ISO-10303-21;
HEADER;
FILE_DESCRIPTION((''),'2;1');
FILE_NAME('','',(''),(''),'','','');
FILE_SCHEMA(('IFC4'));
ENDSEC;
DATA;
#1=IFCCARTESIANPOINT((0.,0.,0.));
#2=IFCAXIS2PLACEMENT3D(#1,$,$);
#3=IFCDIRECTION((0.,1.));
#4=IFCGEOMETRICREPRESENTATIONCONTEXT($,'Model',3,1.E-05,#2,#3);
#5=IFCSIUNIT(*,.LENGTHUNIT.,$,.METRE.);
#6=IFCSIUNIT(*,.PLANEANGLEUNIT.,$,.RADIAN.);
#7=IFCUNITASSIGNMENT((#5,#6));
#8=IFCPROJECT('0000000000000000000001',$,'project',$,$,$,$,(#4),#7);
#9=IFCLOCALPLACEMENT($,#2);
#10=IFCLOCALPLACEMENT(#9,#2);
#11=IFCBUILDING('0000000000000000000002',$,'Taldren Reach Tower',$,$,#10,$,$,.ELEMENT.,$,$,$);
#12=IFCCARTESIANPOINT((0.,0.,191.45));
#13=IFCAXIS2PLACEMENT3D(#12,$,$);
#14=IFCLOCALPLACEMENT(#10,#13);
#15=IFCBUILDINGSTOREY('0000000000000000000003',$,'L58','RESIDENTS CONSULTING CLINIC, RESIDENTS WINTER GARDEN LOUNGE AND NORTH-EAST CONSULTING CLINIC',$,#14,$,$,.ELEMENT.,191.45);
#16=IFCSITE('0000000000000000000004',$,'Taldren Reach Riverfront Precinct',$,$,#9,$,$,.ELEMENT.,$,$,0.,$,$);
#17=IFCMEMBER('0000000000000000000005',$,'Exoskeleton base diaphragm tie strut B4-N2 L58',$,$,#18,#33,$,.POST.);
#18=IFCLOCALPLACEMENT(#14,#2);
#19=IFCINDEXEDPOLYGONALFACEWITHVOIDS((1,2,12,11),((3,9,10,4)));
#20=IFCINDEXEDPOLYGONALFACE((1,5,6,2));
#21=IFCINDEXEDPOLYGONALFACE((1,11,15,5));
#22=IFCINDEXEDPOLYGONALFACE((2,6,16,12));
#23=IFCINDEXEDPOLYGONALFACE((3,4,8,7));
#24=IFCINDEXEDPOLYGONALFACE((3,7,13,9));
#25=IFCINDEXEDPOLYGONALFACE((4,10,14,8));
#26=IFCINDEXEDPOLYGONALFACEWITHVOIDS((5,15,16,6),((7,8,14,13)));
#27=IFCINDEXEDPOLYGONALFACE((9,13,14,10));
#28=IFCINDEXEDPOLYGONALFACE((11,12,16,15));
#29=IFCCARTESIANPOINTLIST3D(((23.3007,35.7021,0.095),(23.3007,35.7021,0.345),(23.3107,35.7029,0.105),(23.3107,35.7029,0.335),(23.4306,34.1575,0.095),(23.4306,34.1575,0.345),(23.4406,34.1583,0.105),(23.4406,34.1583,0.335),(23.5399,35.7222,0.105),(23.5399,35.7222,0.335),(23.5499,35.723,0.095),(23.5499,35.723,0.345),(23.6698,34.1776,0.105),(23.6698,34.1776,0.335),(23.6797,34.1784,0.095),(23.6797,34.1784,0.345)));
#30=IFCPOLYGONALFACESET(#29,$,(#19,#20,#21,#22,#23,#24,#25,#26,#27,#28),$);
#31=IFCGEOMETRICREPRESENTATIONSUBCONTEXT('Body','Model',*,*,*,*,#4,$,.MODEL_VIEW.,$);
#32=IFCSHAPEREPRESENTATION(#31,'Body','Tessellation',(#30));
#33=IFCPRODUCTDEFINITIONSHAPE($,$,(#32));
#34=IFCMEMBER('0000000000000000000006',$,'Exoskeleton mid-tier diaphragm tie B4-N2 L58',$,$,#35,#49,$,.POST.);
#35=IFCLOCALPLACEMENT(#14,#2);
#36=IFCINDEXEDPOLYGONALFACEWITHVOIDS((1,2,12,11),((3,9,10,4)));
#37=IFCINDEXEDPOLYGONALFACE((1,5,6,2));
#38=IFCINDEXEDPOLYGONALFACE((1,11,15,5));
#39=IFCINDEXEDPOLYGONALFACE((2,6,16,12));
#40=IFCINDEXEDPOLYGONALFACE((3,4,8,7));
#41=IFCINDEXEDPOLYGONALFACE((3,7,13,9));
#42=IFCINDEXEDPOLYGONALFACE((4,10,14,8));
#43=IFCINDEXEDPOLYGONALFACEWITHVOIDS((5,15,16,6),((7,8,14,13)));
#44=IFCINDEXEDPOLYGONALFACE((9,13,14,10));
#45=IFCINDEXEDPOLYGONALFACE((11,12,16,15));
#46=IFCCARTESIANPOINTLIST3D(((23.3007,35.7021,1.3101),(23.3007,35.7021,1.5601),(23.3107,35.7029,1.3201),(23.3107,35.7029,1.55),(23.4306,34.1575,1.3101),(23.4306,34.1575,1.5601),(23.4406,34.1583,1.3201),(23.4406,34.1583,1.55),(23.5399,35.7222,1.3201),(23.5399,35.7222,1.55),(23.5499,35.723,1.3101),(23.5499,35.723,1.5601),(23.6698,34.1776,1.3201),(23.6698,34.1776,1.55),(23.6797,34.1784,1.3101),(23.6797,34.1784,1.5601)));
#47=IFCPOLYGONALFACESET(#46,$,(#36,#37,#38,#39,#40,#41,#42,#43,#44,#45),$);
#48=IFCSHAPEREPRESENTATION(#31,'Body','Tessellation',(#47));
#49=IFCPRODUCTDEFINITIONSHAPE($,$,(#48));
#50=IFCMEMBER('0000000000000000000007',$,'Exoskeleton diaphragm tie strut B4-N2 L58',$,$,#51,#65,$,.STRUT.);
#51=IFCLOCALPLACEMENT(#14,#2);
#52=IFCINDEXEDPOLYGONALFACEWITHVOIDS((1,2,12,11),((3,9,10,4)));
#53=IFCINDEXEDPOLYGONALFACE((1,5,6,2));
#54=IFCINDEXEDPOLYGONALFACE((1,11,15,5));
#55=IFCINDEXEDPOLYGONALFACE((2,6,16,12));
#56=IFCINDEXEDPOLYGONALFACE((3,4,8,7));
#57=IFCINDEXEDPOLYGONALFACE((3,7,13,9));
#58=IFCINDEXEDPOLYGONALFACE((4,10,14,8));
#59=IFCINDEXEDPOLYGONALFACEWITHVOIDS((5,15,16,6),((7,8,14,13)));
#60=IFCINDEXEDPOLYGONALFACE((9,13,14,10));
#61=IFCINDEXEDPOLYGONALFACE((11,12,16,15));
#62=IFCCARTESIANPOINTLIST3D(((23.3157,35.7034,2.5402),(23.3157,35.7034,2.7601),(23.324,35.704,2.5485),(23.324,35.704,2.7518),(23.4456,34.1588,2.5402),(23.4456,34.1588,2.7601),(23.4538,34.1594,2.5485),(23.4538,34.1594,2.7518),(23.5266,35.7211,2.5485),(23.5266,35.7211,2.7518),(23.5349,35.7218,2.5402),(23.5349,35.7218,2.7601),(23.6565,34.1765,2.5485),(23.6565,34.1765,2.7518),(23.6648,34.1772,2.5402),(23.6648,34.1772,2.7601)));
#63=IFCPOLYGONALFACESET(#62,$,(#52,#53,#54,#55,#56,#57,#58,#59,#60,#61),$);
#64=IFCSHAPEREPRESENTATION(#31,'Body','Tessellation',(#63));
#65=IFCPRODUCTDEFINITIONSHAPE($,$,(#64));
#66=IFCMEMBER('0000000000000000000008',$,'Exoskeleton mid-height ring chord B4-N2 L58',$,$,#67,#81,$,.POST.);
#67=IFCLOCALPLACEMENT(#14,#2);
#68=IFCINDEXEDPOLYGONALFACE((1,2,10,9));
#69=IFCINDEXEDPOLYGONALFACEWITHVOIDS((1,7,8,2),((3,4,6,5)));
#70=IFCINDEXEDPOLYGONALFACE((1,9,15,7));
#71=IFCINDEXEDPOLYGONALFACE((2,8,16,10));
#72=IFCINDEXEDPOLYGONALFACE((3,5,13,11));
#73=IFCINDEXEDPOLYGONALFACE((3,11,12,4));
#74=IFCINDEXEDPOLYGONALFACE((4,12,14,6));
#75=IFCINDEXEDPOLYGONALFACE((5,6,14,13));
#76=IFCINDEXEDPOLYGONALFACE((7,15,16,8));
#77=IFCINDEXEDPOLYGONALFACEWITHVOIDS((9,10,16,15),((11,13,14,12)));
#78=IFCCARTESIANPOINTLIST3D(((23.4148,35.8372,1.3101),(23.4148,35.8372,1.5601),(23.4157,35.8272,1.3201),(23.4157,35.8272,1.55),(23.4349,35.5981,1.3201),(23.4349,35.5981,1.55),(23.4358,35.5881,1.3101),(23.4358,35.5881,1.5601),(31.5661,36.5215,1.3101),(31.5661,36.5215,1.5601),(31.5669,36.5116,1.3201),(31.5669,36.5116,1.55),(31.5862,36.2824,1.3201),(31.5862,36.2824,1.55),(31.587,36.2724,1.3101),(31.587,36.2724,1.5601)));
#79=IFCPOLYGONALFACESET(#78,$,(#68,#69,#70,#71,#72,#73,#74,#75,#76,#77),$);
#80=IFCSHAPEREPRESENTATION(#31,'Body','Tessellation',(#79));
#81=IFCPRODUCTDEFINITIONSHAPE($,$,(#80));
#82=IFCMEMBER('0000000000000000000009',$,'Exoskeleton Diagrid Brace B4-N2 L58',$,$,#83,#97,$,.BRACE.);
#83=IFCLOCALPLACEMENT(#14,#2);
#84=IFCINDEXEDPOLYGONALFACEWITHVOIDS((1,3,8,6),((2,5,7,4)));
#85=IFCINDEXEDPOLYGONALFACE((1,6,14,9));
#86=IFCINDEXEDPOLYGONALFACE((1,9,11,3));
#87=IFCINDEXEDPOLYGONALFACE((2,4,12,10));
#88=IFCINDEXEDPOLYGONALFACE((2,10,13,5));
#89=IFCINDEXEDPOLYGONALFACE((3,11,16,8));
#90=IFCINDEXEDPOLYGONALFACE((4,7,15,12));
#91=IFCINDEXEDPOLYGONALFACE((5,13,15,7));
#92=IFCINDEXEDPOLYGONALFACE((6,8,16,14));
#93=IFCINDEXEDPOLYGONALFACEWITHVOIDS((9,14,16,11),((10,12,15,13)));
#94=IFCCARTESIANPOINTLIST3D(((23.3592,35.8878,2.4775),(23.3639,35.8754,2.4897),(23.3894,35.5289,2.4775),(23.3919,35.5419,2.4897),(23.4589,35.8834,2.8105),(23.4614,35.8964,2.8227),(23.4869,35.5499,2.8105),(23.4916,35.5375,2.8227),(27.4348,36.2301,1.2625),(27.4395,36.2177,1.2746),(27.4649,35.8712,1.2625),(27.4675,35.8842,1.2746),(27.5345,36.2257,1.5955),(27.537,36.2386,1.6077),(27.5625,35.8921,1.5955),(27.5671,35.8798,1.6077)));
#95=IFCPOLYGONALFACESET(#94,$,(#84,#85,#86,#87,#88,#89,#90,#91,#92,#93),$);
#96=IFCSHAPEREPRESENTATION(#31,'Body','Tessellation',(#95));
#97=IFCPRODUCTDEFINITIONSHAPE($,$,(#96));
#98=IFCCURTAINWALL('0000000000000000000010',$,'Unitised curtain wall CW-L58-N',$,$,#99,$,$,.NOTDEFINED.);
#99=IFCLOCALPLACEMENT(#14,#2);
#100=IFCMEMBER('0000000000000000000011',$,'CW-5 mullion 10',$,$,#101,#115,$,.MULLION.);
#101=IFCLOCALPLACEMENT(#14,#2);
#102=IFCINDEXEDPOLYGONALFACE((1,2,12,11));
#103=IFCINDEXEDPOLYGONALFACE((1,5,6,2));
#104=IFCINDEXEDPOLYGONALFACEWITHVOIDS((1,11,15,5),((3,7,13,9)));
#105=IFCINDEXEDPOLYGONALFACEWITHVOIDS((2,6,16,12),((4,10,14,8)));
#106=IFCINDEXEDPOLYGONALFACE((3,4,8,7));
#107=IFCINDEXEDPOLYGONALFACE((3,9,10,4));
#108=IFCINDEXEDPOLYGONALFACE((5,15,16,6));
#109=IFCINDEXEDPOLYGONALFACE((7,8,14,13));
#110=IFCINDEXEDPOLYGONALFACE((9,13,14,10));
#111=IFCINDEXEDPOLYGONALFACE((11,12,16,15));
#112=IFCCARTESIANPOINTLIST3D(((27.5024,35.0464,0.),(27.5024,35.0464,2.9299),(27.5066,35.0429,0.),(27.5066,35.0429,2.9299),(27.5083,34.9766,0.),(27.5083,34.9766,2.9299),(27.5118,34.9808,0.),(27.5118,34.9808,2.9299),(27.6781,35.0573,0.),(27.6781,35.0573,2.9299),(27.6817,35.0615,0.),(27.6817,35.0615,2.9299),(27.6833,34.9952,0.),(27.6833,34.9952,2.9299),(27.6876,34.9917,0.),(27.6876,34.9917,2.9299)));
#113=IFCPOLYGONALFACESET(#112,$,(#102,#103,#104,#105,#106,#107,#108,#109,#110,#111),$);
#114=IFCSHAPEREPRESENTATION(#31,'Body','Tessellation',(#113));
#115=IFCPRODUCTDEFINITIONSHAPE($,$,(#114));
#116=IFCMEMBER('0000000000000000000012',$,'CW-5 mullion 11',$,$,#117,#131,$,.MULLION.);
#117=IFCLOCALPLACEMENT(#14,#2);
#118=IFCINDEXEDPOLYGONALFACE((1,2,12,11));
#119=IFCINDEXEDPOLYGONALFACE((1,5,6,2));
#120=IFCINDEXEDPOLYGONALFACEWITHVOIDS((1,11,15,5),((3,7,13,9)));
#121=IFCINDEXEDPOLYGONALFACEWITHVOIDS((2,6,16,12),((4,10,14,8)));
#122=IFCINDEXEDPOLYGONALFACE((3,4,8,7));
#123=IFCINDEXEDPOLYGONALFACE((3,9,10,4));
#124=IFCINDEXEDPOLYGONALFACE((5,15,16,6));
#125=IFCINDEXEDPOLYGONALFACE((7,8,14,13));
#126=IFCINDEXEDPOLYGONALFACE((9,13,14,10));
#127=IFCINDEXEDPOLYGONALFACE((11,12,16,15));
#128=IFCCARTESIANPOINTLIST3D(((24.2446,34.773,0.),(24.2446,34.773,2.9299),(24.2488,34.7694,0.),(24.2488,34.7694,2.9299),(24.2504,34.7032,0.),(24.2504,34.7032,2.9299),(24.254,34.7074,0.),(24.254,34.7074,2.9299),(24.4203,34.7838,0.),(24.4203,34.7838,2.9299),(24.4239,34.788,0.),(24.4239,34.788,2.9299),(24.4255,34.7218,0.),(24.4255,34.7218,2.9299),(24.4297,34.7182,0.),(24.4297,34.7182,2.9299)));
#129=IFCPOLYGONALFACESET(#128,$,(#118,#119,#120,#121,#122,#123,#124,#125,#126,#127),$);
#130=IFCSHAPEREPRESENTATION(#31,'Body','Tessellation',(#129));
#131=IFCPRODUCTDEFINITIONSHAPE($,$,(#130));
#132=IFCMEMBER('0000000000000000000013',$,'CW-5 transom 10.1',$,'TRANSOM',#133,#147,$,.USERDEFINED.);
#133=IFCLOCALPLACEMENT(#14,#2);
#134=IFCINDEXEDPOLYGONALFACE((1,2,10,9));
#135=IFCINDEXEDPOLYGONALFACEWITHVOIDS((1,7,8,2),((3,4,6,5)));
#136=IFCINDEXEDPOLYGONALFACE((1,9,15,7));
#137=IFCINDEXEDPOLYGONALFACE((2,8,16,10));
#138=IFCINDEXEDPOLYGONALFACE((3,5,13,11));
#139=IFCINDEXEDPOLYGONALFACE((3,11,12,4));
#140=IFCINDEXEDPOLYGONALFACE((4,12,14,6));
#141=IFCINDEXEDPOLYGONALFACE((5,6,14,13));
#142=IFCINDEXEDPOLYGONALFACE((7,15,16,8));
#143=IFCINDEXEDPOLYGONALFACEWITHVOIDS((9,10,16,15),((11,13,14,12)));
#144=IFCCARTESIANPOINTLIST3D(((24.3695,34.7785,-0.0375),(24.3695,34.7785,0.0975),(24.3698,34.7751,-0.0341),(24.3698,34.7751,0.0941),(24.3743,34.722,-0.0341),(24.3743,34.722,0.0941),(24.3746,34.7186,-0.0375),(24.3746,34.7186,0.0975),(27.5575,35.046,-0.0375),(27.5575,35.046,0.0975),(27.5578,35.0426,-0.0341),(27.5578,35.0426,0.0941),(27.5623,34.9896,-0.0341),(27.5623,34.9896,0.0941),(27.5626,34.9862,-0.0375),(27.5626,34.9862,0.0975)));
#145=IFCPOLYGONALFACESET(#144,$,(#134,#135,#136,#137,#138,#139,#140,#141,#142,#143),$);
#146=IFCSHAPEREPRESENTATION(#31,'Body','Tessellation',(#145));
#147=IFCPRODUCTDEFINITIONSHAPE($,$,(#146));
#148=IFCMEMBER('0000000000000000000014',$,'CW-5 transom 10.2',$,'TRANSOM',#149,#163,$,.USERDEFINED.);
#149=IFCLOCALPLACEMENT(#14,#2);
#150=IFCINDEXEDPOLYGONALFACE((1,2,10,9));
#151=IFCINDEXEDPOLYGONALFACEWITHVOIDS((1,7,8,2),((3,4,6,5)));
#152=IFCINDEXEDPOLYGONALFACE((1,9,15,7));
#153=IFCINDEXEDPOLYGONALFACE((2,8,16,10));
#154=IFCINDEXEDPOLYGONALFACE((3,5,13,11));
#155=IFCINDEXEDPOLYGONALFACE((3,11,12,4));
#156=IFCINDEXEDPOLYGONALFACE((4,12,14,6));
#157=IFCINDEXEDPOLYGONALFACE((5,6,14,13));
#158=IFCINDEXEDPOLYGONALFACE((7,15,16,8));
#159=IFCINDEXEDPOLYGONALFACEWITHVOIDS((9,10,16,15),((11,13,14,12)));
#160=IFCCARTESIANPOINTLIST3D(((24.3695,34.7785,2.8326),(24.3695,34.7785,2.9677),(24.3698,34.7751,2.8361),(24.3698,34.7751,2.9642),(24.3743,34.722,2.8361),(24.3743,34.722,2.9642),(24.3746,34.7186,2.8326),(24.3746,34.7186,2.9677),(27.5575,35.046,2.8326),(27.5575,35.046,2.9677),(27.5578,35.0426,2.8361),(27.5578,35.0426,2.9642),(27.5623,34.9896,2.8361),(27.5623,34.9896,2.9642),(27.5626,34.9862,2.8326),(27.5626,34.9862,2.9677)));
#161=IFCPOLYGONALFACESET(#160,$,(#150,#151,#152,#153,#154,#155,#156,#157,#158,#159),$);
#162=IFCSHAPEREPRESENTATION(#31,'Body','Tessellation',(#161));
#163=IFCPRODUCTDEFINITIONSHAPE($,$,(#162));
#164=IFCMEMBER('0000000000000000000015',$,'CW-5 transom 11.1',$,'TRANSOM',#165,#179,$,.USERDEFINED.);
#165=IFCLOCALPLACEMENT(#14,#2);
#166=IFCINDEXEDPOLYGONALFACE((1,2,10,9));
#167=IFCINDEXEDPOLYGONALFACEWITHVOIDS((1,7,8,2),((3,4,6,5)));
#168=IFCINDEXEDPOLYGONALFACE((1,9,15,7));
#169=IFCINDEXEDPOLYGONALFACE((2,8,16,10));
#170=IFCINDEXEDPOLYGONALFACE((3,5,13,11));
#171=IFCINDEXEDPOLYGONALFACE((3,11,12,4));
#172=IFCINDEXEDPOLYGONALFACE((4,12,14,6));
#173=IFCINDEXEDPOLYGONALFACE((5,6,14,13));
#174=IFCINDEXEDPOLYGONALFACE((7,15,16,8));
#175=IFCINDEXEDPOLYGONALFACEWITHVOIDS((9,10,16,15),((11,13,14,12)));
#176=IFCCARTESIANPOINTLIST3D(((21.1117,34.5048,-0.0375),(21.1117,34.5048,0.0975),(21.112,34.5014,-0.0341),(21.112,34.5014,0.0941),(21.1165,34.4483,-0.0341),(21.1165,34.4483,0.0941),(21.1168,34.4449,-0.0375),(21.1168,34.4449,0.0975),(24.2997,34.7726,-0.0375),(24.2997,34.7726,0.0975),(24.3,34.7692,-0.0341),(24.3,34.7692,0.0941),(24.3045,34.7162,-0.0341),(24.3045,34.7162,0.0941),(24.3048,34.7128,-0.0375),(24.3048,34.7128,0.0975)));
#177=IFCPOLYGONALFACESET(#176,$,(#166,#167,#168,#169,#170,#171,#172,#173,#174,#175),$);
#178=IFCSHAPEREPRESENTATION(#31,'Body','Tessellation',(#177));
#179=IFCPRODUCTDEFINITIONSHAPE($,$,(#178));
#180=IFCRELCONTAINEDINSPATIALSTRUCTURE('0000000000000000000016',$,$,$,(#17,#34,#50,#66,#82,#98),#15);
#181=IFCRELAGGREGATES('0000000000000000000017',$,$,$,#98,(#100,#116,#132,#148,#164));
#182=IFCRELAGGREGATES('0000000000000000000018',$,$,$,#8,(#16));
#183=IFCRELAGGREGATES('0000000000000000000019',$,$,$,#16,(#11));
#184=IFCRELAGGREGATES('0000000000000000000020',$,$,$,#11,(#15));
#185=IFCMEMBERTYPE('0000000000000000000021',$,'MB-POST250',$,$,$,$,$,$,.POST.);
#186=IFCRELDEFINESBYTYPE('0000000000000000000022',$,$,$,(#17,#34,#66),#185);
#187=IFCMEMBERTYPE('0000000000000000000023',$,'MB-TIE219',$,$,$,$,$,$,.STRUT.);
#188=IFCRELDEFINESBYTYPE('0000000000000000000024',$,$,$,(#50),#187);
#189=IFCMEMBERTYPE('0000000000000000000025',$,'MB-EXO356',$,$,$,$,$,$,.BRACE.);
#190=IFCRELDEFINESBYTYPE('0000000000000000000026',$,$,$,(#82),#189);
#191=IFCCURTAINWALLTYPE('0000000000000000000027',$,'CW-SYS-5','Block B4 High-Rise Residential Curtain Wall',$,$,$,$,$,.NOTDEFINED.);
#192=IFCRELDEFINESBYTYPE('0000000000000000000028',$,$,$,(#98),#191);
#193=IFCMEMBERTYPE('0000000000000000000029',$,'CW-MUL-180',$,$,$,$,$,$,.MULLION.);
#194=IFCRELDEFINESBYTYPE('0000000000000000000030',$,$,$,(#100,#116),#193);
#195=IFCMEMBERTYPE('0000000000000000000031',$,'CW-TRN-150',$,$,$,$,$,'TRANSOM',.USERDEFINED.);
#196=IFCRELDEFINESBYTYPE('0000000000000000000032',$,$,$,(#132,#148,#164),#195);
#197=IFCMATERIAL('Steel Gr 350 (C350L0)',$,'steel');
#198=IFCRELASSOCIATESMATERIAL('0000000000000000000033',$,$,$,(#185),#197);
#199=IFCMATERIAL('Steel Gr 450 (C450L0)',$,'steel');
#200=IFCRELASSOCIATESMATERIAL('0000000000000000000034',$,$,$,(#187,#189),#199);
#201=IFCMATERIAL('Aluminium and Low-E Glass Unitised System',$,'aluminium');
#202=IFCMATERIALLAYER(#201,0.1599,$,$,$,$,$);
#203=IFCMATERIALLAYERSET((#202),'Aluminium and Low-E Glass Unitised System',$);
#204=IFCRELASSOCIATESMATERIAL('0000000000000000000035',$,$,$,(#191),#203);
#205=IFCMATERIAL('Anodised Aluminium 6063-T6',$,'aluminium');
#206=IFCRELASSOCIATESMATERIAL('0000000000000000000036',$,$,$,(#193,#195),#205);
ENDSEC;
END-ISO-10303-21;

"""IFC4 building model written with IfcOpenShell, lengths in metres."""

from ifc_helpers import new_model, si_unit, direction, frame, origin, origin_2d, place, context, subcontext, project, spatial, hollow_rectangle, extrude, source, transform, mapped, material, layer, layer_set, material_profile, profile_set, type_object, element, aggregate, save


model = new_model("IFC4")

# Units and contexts
model_context = context("Model", 3, precision=1e-05, world=origin(), true_north=direction((0.0, 1.0)))
body_context = subcontext(model_context, "Body", "Model", "MODEL_VIEW")
ifc_project = project(units=[si_unit("LENGTHUNIT", "METRE"), si_unit("PLANEANGLEUNIT", "RADIAN")], contexts=[model_context])

# Site, building, storey
site_placement = place(None, origin())
site = spatial("IfcSite", under=ifc_project, at=site_placement, Name="Taldren Reach Riverfront Precinct", CompositionType="ELEMENT", RefElevation=0.0)
building_placement = place(site_placement, origin())
building = spatial("IfcBuilding", under=site, at=building_placement, Name="Taldren Reach Tower", CompositionType="ELEMENT")
storey_placement = place(building_placement, frame((0.0, 0.0, 191.45)))
storey = spatial("IfcBuildingStorey", under=building, at=storey_placement, Name="L58", Description="RESIDENTS CONSULTING CLINIC, RESIDENTS WINTER GARDEN LOUNGE AND NORTH-EAST CONSULTING CLINIC", CompositionType="ELEMENT", Elevation=191.45)

# Members
ifc_material_1 = material(Name="Steel Gr 350 (C350L0)", Category="steel")
ifc_material_profile_1 = material_profile(ifc_material_1, hollow_rectangle(XDim=0.25, YDim=0.25, WallThickness=0.01, at=origin_2d()), Name="250x250x10.0SHS")
ifc_profile_set_1 = profile_set([ifc_material_profile_1], Name="Steel Gr 350 (C350L0)")
member_type_1 = type_object("IfcMemberType", Name="MB-POST250", PredefinedType="POST", material=ifc_profile_set_1)
shared_shape_1 = source(origin(), body_context, "Body", "SweptSolid", [
    extrude(hollow_rectangle(XDim=0.25, YDim=0.25, WallThickness=0.01, at=origin_2d()), origin(), (0.0, 0.0, 1.0), 1.55),
])
for number, where, z_axis, x_axis, name in (
    (1, (23.5552, 34.168, 0.22), (-0.083788, 0.996484, 0.0), (-0.996484, -0.083788, 0.0), "Exoskeleton base diaphragm tie strut B4-N2 L58"),
    (2, (23.5552, 34.168, 1.4351), (-0.083788, 0.996484, 0.0), (-0.996484, -0.083788, 0.0), "Exoskeleton mid-tier diaphragm tie B4-N2 L58"),
):
    element("IfcMember", number, at=place(storey_placement, frame(where, z_axis=z_axis, x_axis=x_axis)), inside=storey, type_object=member_type_1, Name=name, PredefinedType="POST", context=body_context, shape_type="MappedRepresentation", body=[
        mapped(shared_shape_1, transform((0.0, 0.0, 0.0), scale=1.0)),
    ])
ifc_material_2 = material(Name="Steel Gr 450 (C450L0)", Category="steel")
ifc_material_profile_2 = material_profile(ifc_material_2, hollow_rectangle(XDim=0.22, YDim=0.22, WallThickness=0.0083, at=origin_2d()), Name="220x220x8.2SHS")
ifc_profile_set_2 = profile_set([ifc_material_profile_2], Name="Steel Gr 450 (C450L0)")
member_type_2 = type_object("IfcMemberType", Name="MB-TIE219", PredefinedType="STRUT", material=ifc_profile_set_2)
shared_shape_2 = source(origin(), body_context, "Body", "SweptSolid", [
    extrude(hollow_rectangle(XDim=0.22, YDim=0.22, WallThickness=0.0083, at=origin_2d()), origin(), (0.0, 0.0, 1.0), 1.55),
])
member_1_placement = place(storey_placement, frame((23.5552, 34.168, 2.6501), z_axis=(-0.083788, 0.996484, 0.0), x_axis=(-0.996484, -0.083788, 0.0)))
element("IfcMember", 3, at=member_1_placement, inside=storey, type_object=member_type_2, Name="Exoskeleton diaphragm tie strut B4-N2 L58", PredefinedType="STRUT", context=body_context, shape_type="MappedRepresentation", body=[
    mapped(shared_shape_2, transform((0.0, 0.0, 0.0), scale=1.0)),
])
shared_shape_3 = source(origin(), body_context, "Body", "SweptSolid", [
    extrude(hollow_rectangle(XDim=0.25, YDim=0.25, WallThickness=0.01, at=origin_2d()), origin(), (0.0, 0.0, 1.0), 8.1799),
])
member_2_placement = place(storey_placement, frame((23.4253, 35.7126, 1.4351), z_axis=(0.996495, 0.083658, 0.0), x_axis=(-0.083658, 0.996495, 0.0)))
element("IfcMember", 4, at=member_2_placement, inside=storey, type_object=member_type_1, Name="Exoskeleton mid-height ring chord B4-N2 L58", PredefinedType="POST", context=body_context, shape_type="MappedRepresentation", body=[
    mapped(shared_shape_3, transform((0.0, 0.0, 0.0), scale=1.0)),
])
ifc_material_profile_3 = material_profile(ifc_material_2, hollow_rectangle(XDim=0.3601, YDim=0.3601, WallThickness=0.0127, at=origin_2d()), Name="360x360x12.7SHS")
ifc_profile_set_3 = profile_set([ifc_material_profile_3], Name="Steel Gr 450 (C450L0)")
member_type_3 = type_object("IfcMemberType", Name="MB-EXO356", PredefinedType="BRACE", material=ifc_profile_set_3)
shared_shape_4 = source(origin(), body_context, "Body", "SweptSolid", [
    extrude(hollow_rectangle(XDim=0.3601, YDim=0.3601, WallThickness=0.0127, at=origin_2d()), origin(), (0.0, 0.0, 1.0), 4.2666),
])
member_3_placement = place(storey_placement, frame((27.501, 36.0549, 1.4351), z_axis=(-0.955229, -0.080222, 0.284783), x_axis=(0.083688, -0.996492, 0.0)))
element("IfcMember", 5, at=member_3_placement, inside=storey, type_object=member_type_3, Name="Exoskeleton Diagrid Brace B4-N2 L58", PredefinedType="BRACE", context=body_context, shape_type="MappedRepresentation", body=[
    mapped(shared_shape_4, transform((0.0, 0.0, 0.0), scale=1.0)),
])

# Curtain wall, members
ifc_material_3 = material(Name="Aluminium and Low-E Glass Unitised System", Category="aluminium")
ifc_layer_1 = layer(ifc_material_3, 0.1599)
ifc_layer_set_1 = layer_set([ifc_layer_1], Name="Aluminium and Low-E Glass Unitised System")
curtain_wall_type = type_object("IfcCurtainWallType", Name="CW-SYS-5", Description="Block B4 High-Rise Residential Curtain Wall", PredefinedType="NOTDEFINED", material=ifc_layer_set_1)
curtain_wall_placement = place(storey_placement, origin())
curtain_wall = element("IfcCurtainWall", 6, at=curtain_wall_placement, inside=storey, type_object=curtain_wall_type, Name="Unitised curtain wall CW-L58-N", PredefinedType="NOTDEFINED")
ifc_material_4 = material(Name="Anodised Aluminium 6063-T6", Category="aluminium")
ifc_material_profile_4 = material_profile(ifc_material_4, hollow_rectangle(XDim=0.0701, YDim=0.1799, WallThickness=0.0039, at=origin_2d()), Name="ALU-180x70x4RHS")
ifc_profile_set_4 = profile_set([ifc_material_profile_4], Name="Anodised Aluminium 6063-T6")
member_type_4 = type_object("IfcMemberType", Name="CW-MUL-180", PredefinedType="MULLION", material=ifc_profile_set_4)
shared_shape_5 = source(origin(), body_context, "Body", "SweptSolid", [
    extrude(hollow_rectangle(XDim=0.0701, YDim=0.1799, WallThickness=0.0039, at=origin_2d()), origin(), (0.0, 0.0, 1.0), 2.9299),
])
member_4_placement = place(storey_placement, frame((27.595, 35.019, 0.0), z_axis=(0.0, 0.0, 1.0), x_axis=(0.083678, -0.996493, 0.0)))
member_4 = element("IfcMember", 7, at=member_4_placement, type_object=member_type_4, Name="CW-5 mullion 10", PredefinedType="MULLION", context=body_context, shape_type="MappedRepresentation", body=[
    mapped(shared_shape_5, transform((0.0, 0.0, 0.0), scale=1.0)),
])
member_5_placement = place(storey_placement, frame((24.3372, 34.7456, 0.0), z_axis=(0.0, 0.0, 1.0), x_axis=(0.083678, -0.996493, 0.0)))
member_5 = element("IfcMember", 8, at=member_5_placement, type_object=member_type_4, Name="CW-5 mullion 11", PredefinedType="MULLION", context=body_context, shape_type="MappedRepresentation", body=[
    mapped(shared_shape_5, transform((0.0, 0.0, 0.0), scale=1.0)),
])
ifc_material_profile_5 = material_profile(ifc_material_4, hollow_rectangle(XDim=0.0601, YDim=0.135, WallThickness=0.0034, at=origin_2d()), Name="ALU-135x60x3.5RHS")
ifc_profile_set_5 = profile_set([ifc_material_profile_5], Name="Anodised Aluminium 6063-T6")
member_type_5 = type_object("IfcMemberType", Name="CW-TRN-150", ElementType="TRANSOM", PredefinedType="USERDEFINED", material=ifc_profile_set_5)
shared_shape_6 = source(origin(), body_context, "Body", "SweptSolid", [
    extrude(hollow_rectangle(XDim=0.0601, YDim=0.135, WallThickness=0.0034, at=origin_2d()), origin(), (0.0, 0.0, 1.0), 3.1992),
])
member_6_placement = place(storey_placement, frame((27.5601, 35.0161, 0.03), z_axis=(-0.996496, -0.083639, 0.0), x_axis=(0.083639, -0.996496, 0.0)))
member_6 = element("IfcMember", 9, at=member_6_placement, type_object=member_type_5, Name="CW-5 transom 10.1", ObjectType="TRANSOM", PredefinedType="USERDEFINED", context=body_context, shape_type="MappedRepresentation", body=[
    mapped(shared_shape_6, transform((0.0, 0.0, 0.0), scale=1.0)),
])
member_7_placement = place(storey_placement, frame((27.5601, 35.0161, 2.9001), z_axis=(-0.996496, -0.083639, 0.0), x_axis=(0.083639, -0.996496, 0.0)))
member_7 = element("IfcMember", 10, at=member_7_placement, type_object=member_type_5, Name="CW-5 transom 10.2", ObjectType="TRANSOM", PredefinedType="USERDEFINED", context=body_context, shape_type="MappedRepresentation", body=[
    mapped(shared_shape_6, transform((0.0, 0.0, 0.0), scale=1.0)),
])
member_8_placement = place(storey_placement, frame((24.3022, 34.7427, 0.03), z_axis=(-0.99649, -0.083715, 0.0), x_axis=(0.083715, -0.99649, 0.0)))
member_8 = element("IfcMember", 11, at=member_8_placement, type_object=member_type_5, Name="CW-5 transom 11.1", ObjectType="TRANSOM", PredefinedType="USERDEFINED", context=body_context, shape_type="MappedRepresentation", body=[
    mapped(shared_shape_6, transform((0.0, 0.0, 0.0), scale=1.0)),
])

aggregate(curtain_wall, [member_4, member_5, member_6, member_7, member_8])

save(model, "model.ifc")
